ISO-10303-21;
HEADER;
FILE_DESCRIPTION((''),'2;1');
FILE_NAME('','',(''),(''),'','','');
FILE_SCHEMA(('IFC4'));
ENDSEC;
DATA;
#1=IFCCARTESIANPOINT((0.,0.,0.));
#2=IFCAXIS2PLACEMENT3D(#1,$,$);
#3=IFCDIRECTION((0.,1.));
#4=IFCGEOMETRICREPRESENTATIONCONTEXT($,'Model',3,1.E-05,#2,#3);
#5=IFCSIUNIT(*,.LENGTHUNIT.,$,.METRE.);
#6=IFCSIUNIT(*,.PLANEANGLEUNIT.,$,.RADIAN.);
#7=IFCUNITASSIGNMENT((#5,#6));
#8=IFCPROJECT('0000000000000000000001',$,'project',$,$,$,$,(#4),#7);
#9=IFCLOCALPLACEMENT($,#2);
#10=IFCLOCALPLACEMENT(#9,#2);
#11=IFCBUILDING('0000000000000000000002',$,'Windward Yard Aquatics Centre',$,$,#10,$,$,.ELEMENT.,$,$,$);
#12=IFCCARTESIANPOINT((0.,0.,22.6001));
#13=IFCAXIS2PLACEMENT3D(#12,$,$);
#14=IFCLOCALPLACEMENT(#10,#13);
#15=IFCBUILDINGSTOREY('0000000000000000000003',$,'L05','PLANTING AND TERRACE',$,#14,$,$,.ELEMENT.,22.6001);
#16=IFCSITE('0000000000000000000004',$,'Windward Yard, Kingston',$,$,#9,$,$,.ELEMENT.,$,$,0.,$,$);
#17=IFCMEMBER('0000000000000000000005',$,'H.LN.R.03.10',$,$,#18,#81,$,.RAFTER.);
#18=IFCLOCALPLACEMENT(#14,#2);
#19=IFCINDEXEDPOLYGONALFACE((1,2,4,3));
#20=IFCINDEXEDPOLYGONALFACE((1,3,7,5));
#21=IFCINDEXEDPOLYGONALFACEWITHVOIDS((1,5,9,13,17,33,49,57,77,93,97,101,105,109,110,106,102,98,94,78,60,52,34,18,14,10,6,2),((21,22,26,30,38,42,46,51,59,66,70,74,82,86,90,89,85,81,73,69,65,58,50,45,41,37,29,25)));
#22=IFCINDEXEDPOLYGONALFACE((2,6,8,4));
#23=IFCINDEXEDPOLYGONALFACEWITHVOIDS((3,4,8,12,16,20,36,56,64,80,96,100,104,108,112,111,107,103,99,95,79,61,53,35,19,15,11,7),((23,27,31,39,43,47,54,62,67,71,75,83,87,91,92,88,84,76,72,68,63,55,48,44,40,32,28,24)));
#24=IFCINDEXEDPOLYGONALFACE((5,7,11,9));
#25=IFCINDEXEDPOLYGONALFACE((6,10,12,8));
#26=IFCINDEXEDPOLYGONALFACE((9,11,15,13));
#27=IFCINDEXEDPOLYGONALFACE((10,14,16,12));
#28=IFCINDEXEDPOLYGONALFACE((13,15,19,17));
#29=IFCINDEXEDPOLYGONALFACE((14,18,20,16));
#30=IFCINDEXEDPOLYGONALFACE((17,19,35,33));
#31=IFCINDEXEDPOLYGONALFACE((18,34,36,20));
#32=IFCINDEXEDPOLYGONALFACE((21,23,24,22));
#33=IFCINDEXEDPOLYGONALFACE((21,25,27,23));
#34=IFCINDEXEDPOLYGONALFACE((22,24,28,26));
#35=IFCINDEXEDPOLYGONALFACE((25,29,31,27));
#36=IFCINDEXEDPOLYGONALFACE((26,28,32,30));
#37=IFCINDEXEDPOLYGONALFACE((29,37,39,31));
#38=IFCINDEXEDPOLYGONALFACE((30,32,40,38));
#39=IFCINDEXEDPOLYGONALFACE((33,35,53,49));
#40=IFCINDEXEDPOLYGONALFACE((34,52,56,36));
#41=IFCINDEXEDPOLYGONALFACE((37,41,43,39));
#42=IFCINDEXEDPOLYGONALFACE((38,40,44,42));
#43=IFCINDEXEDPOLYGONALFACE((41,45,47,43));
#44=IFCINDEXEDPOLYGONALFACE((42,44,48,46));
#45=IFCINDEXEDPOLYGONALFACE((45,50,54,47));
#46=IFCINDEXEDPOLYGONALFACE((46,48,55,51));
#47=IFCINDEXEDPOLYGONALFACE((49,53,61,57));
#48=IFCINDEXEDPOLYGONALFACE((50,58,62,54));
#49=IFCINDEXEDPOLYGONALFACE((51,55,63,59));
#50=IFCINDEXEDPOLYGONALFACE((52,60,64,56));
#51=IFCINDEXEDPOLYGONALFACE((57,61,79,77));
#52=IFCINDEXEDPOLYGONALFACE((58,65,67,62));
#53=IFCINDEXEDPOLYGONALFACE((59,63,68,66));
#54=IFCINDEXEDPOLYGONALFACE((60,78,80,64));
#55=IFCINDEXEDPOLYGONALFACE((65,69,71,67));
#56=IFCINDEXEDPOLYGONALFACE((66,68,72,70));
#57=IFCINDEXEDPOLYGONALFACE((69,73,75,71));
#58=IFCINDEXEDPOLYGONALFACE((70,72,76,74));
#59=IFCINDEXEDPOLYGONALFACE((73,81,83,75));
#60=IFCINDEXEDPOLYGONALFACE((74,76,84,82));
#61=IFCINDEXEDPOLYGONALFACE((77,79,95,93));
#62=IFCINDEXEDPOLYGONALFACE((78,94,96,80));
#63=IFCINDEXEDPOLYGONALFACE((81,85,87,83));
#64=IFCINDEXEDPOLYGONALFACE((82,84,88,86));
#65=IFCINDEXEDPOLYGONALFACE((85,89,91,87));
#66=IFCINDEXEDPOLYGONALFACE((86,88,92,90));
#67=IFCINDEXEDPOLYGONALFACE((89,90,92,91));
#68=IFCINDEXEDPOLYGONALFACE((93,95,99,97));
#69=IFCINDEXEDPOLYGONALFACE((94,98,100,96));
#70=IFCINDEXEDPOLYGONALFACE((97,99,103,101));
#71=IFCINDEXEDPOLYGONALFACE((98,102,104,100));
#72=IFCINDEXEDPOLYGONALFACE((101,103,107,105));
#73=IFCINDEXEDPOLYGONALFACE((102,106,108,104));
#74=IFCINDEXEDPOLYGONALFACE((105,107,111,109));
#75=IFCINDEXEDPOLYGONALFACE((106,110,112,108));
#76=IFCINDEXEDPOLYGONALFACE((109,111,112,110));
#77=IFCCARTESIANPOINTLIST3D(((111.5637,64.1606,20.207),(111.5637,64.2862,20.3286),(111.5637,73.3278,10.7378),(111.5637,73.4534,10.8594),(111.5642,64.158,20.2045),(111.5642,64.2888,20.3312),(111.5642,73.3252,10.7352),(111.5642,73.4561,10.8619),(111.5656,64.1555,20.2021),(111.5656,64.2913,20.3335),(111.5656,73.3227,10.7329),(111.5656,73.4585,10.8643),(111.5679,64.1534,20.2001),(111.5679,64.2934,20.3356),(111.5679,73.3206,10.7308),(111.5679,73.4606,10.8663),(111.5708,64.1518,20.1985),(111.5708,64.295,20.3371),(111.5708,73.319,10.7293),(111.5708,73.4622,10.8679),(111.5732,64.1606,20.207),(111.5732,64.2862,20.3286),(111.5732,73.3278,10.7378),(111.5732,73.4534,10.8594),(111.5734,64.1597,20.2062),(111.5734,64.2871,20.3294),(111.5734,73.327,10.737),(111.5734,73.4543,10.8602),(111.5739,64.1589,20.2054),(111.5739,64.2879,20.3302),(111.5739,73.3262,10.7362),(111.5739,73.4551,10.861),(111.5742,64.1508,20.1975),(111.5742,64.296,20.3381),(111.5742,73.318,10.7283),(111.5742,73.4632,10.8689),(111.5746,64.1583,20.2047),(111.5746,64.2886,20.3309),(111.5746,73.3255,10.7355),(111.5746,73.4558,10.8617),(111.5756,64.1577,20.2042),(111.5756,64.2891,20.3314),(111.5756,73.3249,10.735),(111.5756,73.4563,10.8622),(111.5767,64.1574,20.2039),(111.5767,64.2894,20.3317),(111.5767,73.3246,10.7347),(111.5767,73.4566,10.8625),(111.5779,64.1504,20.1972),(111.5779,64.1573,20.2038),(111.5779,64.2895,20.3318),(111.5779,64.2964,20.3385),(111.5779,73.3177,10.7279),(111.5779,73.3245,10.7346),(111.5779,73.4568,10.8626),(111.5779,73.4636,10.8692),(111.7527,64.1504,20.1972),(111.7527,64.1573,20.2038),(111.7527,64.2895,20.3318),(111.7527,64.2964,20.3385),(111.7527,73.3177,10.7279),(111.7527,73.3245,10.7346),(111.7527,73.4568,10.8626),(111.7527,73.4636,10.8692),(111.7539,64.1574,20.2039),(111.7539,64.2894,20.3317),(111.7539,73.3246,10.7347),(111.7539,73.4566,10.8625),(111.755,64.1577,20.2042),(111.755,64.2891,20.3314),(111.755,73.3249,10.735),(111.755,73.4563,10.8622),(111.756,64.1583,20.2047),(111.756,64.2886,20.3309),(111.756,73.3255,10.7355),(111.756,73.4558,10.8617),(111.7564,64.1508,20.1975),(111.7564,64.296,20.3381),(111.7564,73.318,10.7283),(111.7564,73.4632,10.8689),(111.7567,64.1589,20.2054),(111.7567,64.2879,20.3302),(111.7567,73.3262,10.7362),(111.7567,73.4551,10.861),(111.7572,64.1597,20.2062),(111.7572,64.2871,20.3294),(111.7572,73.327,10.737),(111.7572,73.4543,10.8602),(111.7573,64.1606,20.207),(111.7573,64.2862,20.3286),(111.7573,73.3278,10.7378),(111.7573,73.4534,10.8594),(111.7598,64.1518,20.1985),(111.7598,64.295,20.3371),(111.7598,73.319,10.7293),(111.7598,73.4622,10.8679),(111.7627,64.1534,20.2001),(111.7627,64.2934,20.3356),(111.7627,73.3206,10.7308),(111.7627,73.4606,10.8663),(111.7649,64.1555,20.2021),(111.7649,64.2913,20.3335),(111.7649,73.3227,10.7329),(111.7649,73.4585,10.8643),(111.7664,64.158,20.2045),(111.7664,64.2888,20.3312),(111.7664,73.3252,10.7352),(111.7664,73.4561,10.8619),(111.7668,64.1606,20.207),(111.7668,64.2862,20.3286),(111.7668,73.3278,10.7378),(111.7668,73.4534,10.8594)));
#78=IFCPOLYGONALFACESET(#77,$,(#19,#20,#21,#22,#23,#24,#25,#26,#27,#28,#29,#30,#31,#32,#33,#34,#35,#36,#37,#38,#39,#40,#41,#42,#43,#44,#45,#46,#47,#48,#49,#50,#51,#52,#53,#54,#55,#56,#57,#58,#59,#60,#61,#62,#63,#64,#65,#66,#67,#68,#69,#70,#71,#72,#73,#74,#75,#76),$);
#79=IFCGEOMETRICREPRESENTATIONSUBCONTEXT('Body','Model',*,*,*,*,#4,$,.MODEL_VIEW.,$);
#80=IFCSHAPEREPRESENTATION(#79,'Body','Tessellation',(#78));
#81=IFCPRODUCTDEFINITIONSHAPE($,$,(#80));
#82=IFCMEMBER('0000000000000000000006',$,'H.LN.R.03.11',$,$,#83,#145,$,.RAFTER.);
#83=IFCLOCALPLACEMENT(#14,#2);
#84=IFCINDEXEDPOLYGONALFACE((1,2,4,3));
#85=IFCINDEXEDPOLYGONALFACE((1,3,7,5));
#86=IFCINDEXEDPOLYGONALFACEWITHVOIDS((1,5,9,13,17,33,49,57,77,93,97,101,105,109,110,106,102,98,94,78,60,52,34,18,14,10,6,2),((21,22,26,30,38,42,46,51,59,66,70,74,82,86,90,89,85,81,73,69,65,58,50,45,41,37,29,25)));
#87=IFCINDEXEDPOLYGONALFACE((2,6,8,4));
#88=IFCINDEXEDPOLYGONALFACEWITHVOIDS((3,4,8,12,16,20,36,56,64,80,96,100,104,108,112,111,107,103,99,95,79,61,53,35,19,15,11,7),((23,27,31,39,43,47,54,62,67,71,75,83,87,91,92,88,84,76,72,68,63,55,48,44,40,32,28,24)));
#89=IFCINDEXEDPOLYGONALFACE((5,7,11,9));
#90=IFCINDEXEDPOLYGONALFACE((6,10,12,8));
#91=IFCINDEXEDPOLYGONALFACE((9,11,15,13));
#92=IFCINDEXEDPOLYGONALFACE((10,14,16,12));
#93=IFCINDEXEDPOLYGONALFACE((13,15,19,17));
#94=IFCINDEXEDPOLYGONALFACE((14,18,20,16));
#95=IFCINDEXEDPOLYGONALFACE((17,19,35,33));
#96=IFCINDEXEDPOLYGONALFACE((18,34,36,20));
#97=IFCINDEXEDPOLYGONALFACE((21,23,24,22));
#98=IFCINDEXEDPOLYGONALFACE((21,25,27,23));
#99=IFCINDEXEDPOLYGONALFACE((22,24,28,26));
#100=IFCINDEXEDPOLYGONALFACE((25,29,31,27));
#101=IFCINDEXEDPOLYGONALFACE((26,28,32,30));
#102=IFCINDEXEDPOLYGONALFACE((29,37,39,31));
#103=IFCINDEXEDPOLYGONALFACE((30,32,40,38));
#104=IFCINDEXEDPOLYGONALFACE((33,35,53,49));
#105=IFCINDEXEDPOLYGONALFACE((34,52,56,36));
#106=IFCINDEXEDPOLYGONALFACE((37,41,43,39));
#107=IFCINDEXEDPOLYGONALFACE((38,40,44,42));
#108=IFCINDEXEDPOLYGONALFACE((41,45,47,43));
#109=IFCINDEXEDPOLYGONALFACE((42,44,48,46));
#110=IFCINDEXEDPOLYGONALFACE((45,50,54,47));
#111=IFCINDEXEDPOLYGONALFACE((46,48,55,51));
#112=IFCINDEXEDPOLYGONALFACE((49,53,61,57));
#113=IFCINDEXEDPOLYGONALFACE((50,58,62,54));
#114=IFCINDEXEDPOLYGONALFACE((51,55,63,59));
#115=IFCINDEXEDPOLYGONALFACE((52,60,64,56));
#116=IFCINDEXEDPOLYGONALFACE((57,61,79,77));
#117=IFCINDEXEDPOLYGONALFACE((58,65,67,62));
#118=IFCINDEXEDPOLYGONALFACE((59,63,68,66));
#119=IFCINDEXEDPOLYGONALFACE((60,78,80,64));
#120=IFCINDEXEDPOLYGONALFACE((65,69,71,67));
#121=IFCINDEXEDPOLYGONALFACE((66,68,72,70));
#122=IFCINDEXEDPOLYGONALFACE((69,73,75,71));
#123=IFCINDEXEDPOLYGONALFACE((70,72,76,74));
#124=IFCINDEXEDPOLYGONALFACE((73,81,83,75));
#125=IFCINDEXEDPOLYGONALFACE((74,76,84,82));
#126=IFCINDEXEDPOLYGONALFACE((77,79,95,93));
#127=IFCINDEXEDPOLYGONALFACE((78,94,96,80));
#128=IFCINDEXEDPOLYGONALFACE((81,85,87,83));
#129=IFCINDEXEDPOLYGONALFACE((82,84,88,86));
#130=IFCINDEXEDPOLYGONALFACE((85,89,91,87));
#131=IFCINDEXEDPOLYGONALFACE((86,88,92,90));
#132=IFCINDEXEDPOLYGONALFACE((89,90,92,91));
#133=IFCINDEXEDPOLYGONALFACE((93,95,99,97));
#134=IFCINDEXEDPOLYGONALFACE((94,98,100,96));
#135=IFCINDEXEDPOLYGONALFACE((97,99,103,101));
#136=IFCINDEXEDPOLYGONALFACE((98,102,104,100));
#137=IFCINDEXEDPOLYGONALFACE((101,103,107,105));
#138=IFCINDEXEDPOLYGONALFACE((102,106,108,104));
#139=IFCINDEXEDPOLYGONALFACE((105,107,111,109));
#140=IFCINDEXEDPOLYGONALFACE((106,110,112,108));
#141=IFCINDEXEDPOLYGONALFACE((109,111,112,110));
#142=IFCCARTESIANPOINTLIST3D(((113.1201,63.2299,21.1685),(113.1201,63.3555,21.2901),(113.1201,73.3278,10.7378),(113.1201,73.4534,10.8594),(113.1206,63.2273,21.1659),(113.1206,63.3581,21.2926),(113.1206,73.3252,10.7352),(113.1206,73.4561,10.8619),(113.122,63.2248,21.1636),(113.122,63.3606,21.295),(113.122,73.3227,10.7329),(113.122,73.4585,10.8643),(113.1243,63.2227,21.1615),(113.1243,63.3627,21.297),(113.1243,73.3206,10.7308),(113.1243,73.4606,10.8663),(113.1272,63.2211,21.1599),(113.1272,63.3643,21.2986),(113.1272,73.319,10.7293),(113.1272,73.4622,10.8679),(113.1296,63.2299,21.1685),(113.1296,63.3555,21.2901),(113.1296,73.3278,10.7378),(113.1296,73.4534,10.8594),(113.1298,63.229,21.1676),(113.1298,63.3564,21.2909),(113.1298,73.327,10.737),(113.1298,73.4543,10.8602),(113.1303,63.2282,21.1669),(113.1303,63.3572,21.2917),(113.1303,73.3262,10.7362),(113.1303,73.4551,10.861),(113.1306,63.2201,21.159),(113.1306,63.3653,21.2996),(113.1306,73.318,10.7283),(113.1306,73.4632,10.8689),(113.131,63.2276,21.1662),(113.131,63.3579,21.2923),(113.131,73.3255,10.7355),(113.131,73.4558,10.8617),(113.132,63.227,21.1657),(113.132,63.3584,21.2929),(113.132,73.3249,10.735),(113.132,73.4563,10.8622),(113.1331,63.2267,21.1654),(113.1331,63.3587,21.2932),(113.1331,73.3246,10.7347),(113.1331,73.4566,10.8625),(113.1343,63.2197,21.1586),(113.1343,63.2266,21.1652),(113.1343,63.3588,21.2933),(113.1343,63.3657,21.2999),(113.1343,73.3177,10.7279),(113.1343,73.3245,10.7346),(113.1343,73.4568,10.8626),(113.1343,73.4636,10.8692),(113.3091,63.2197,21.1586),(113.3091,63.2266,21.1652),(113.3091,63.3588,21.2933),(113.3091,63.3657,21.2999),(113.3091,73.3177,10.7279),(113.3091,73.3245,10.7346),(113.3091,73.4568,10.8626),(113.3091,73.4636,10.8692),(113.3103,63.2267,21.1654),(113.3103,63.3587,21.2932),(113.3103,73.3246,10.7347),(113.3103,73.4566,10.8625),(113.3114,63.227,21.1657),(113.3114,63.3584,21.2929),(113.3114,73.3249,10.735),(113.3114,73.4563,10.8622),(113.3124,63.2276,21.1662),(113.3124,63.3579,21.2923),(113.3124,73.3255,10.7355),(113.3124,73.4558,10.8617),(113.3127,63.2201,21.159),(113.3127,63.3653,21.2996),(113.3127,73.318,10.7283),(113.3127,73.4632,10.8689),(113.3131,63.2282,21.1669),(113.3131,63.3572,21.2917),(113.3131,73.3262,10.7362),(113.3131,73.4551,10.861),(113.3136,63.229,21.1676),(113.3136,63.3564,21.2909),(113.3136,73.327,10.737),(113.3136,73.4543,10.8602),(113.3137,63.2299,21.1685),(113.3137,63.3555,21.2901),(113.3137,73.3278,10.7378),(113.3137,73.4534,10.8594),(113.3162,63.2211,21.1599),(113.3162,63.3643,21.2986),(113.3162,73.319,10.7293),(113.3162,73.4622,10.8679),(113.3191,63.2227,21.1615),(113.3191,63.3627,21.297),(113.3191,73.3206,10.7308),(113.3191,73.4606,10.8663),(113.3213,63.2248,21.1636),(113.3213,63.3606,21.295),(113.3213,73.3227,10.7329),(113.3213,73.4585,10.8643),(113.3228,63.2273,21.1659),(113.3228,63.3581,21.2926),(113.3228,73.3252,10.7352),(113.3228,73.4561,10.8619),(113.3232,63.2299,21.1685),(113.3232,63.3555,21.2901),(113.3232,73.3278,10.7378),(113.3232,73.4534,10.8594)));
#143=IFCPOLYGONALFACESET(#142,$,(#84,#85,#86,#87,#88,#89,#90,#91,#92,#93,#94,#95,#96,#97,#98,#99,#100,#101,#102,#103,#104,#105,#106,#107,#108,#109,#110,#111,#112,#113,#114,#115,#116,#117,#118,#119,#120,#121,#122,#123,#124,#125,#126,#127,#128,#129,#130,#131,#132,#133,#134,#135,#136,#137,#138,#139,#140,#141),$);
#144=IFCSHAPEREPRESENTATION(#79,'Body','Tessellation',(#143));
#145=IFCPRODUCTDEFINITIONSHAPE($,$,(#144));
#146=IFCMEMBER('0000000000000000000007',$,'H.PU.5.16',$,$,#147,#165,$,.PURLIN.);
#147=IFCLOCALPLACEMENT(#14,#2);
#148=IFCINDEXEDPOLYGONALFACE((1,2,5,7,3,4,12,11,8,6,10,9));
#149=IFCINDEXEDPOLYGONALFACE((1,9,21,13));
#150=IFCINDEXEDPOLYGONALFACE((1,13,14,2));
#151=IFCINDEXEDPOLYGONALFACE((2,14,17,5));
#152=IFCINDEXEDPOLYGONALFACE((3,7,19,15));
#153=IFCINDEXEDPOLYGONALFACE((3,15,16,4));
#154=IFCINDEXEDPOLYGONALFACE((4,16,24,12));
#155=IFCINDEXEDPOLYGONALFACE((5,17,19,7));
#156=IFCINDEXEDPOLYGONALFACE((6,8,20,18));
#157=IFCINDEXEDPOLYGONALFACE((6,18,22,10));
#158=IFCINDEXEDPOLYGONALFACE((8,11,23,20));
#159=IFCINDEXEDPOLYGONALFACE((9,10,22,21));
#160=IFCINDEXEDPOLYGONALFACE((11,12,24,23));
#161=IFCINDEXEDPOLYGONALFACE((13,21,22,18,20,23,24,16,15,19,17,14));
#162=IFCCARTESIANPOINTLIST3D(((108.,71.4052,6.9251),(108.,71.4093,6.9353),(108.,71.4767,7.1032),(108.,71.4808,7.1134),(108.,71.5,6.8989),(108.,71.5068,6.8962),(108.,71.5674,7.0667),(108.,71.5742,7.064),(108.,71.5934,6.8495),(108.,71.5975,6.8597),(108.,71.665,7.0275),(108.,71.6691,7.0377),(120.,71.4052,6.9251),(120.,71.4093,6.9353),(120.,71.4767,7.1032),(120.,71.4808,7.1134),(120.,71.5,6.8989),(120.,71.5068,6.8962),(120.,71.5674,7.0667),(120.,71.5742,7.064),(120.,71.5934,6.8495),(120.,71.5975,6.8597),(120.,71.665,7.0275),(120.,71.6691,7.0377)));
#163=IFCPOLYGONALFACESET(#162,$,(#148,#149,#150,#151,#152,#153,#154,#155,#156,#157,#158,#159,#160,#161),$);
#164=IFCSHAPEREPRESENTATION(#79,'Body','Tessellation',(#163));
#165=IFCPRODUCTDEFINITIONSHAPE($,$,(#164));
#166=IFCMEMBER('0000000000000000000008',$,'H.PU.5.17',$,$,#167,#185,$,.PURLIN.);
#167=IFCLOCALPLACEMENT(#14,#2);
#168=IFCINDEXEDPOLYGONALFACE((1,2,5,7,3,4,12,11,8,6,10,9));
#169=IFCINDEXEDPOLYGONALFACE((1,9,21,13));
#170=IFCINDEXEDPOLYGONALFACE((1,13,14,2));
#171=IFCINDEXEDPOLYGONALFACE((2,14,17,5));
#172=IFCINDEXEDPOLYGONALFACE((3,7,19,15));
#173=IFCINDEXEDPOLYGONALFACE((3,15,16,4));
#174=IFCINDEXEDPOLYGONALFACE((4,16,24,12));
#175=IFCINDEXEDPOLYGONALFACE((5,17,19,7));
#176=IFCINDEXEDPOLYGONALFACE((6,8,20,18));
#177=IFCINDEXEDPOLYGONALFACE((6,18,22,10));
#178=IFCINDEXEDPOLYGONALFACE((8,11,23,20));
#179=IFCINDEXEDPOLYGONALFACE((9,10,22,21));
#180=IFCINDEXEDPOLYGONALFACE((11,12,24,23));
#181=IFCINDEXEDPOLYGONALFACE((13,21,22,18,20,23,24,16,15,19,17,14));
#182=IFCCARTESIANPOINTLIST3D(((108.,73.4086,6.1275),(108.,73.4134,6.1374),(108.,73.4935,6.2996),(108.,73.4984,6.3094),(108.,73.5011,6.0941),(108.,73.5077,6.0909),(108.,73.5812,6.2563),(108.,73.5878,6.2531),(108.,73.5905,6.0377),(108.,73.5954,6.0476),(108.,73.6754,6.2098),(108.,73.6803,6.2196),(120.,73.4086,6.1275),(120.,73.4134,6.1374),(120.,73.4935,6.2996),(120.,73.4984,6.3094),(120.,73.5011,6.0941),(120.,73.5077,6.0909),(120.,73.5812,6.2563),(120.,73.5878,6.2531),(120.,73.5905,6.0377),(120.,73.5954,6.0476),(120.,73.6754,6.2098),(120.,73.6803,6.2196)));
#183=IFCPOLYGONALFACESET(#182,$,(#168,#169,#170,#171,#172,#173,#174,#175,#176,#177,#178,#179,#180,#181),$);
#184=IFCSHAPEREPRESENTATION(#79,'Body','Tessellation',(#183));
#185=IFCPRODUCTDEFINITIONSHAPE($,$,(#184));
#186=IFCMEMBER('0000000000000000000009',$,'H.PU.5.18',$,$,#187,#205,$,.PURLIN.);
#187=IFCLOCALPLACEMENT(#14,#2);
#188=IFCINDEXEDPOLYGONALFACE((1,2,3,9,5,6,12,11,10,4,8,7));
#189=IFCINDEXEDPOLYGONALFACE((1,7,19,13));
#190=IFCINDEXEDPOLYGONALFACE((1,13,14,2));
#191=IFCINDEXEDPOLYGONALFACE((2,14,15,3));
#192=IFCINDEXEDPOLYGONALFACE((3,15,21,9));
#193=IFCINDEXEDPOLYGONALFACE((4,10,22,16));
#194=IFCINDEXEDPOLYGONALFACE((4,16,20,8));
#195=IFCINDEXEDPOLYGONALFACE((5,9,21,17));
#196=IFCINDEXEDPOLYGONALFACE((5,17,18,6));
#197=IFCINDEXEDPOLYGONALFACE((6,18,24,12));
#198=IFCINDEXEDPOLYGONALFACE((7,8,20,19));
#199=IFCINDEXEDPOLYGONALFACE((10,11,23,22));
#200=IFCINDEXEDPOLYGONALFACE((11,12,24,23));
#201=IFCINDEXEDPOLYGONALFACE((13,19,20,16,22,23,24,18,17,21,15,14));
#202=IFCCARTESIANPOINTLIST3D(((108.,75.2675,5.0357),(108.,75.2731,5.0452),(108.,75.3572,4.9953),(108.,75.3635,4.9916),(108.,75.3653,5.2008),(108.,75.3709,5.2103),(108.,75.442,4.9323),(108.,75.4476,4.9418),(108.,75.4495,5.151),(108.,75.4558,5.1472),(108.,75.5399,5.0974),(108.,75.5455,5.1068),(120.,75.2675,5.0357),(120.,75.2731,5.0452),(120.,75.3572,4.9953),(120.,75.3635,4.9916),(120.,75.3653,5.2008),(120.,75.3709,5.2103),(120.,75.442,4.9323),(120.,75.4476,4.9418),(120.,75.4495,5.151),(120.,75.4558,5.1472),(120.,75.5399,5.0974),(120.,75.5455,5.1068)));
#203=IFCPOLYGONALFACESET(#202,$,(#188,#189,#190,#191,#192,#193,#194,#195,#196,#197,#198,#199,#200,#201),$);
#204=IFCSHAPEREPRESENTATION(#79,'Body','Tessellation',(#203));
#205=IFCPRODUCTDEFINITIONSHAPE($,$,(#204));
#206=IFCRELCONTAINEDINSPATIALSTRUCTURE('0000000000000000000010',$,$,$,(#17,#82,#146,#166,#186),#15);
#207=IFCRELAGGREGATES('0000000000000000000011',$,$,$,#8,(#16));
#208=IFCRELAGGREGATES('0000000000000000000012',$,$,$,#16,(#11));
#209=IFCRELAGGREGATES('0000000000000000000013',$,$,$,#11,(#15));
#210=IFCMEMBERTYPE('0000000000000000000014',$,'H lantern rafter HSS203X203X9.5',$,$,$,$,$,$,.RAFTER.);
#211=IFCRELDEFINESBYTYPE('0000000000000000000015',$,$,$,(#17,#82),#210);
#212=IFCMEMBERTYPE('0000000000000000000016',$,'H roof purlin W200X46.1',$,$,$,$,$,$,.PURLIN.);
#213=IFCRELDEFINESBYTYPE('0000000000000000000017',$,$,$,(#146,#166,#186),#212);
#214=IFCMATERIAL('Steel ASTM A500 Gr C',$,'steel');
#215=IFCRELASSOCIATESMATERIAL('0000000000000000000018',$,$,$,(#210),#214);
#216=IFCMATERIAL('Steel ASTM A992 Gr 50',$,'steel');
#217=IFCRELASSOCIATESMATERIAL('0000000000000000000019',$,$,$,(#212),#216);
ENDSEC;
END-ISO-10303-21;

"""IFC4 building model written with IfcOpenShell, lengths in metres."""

from ifc_helpers import new_model, si_unit, direction, frame, origin, origin_2d, place, context, subcontext, project, spatial, hollow_rectangle, i_section, extrude, material, material_profile, profile_set, type_object, element, save


model = new_model("IFC4")

# Units and contexts
model_context = context("Model", 3, precision=1e-05, world=origin(), true_north=direction((0.0, 1.0)))
body_context = subcontext(model_context, "Body", "Model", "MODEL_VIEW")
ifc_project = project(units=[si_unit("LENGTHUNIT", "METRE"), si_unit("PLANEANGLEUNIT", "RADIAN")], contexts=[model_context])

# Site, building, storey
site_placement = place(None, origin())
site = spatial("IfcSite", under=ifc_project, at=site_placement, Name="Windward Yard, Kingston", CompositionType="ELEMENT", RefElevation=0.0)
building_placement = place(site_placement, origin())
building = spatial("IfcBuilding", under=site, at=building_placement, Name="Windward Yard Aquatics Centre", CompositionType="ELEMENT")
storey_placement = place(building_placement, frame((0.0, 0.0, 22.6001)))
storey = spatial("IfcBuildingStorey", under=building, at=storey_placement, Name="L05", Description="PLANTING AND TERRACE", CompositionType="ELEMENT", Elevation=22.6001)

# Members
ifc_material_1 = material(Name="Steel ASTM A500 Gr C", Category="steel")
ifc_material_profile_1 = material_profile(ifc_material_1, hollow_rectangle(XDim=0.2031, YDim=0.2031, WallThickness=0.0095, InnerFilletRadius=0.0046, OuterFilletRadius=0.0142, at=origin_2d()), Name="HSS203X203X9.5")
ifc_profile_set_1 = profile_set([ifc_material_profile_1], Name="Steel ASTM A500 Gr C")
member_type_1 = type_object("IfcMemberType", Name="H lantern rafter HSS203X203X9.5", PredefinedType="RAFTER", material=ifc_profile_set_1)
member_1_placement = place(storey_placement, frame((111.6653, 73.3906, 10.7986), z_axis=(0.0, -0.695557, 0.718471), x_axis=(1.0, 0.0, 0.0)))
element("IfcMember", 1, at=member_1_placement, inside=storey, type_object=member_type_1, Name="H.LN.R.03.10", PredefinedType="RAFTER", context=body_context, shape_type="SweptSolid", body=[
    extrude(hollow_rectangle(XDim=0.2031, YDim=0.2031, WallThickness=0.0095, InnerFilletRadius=0.0046, OuterFilletRadius=0.0142, at=origin_2d()), origin(), (0.0, 0.0, 1.0), 13.1797),
])
member_2_placement = place(storey_placement, frame((113.2217, 73.3906, 10.7986), z_axis=(0.0, -0.695553, 0.718474), x_axis=(1.0, 0.0, 0.0)))
element("IfcMember", 2, at=member_2_placement, inside=storey, type_object=member_type_1, Name="H.LN.R.03.11", PredefinedType="RAFTER", context=body_context, shape_type="SweptSolid", body=[
    extrude(hollow_rectangle(XDim=0.2031, YDim=0.2031, WallThickness=0.0095, InnerFilletRadius=0.0046, OuterFilletRadius=0.0142, at=origin_2d()), origin(), (0.0, 0.0, 1.0), 14.5178),
])
ifc_material_2 = material(Name="Steel ASTM A992 Gr 50", Category="steel")
ifc_material_profile_2 = material_profile(ifc_material_2, i_section(OverallWidth=0.2029, OverallDepth=0.2029, WebThickness=0.0073, FlangeThickness=0.011, at=origin_2d()), Name="W200X46.1")
ifc_profile_set_2 = profile_set([ifc_material_profile_2], Name="Steel ASTM A992 Gr 50")
member_type_2 = type_object("IfcMemberType", Name="H roof purlin W200X46.1", PredefinedType="PURLIN", material=ifc_profile_set_2)
for number, where, z_axis, x_axis, name in (
    (3, (108.0, 71.5371, 6.9814), (1.0, 0.0, 0.0), (0.0, 0.927869, -0.372907), "H.PU.5.16"),
    (4, (108.0, 73.5444, 6.1736), (1.0, 0.0, 0.0), (0.0, 0.896687, -0.442665), "H.PU.5.17"),
    (5, (108.0, 75.4065, 5.0713), (1.0, 0.0, 0.0), (0.0, 0.86027, -0.509838), "H.PU.5.18"),
):
    element("IfcMember", number, at=place(storey_placement, frame(where, z_axis=z_axis, x_axis=x_axis)), inside=storey, type_object=member_type_2, Name=name, PredefinedType="PURLIN", context=body_context, shape_type="SweptSolid", body=[
        extrude(i_section(OverallWidth=0.2029, OverallDepth=0.2029, WebThickness=0.0073, FlangeThickness=0.011, at=origin_2d()), origin(), (0.0, 0.0, 1.0), 12.0),
    ])

save(model, "model.ifc")
